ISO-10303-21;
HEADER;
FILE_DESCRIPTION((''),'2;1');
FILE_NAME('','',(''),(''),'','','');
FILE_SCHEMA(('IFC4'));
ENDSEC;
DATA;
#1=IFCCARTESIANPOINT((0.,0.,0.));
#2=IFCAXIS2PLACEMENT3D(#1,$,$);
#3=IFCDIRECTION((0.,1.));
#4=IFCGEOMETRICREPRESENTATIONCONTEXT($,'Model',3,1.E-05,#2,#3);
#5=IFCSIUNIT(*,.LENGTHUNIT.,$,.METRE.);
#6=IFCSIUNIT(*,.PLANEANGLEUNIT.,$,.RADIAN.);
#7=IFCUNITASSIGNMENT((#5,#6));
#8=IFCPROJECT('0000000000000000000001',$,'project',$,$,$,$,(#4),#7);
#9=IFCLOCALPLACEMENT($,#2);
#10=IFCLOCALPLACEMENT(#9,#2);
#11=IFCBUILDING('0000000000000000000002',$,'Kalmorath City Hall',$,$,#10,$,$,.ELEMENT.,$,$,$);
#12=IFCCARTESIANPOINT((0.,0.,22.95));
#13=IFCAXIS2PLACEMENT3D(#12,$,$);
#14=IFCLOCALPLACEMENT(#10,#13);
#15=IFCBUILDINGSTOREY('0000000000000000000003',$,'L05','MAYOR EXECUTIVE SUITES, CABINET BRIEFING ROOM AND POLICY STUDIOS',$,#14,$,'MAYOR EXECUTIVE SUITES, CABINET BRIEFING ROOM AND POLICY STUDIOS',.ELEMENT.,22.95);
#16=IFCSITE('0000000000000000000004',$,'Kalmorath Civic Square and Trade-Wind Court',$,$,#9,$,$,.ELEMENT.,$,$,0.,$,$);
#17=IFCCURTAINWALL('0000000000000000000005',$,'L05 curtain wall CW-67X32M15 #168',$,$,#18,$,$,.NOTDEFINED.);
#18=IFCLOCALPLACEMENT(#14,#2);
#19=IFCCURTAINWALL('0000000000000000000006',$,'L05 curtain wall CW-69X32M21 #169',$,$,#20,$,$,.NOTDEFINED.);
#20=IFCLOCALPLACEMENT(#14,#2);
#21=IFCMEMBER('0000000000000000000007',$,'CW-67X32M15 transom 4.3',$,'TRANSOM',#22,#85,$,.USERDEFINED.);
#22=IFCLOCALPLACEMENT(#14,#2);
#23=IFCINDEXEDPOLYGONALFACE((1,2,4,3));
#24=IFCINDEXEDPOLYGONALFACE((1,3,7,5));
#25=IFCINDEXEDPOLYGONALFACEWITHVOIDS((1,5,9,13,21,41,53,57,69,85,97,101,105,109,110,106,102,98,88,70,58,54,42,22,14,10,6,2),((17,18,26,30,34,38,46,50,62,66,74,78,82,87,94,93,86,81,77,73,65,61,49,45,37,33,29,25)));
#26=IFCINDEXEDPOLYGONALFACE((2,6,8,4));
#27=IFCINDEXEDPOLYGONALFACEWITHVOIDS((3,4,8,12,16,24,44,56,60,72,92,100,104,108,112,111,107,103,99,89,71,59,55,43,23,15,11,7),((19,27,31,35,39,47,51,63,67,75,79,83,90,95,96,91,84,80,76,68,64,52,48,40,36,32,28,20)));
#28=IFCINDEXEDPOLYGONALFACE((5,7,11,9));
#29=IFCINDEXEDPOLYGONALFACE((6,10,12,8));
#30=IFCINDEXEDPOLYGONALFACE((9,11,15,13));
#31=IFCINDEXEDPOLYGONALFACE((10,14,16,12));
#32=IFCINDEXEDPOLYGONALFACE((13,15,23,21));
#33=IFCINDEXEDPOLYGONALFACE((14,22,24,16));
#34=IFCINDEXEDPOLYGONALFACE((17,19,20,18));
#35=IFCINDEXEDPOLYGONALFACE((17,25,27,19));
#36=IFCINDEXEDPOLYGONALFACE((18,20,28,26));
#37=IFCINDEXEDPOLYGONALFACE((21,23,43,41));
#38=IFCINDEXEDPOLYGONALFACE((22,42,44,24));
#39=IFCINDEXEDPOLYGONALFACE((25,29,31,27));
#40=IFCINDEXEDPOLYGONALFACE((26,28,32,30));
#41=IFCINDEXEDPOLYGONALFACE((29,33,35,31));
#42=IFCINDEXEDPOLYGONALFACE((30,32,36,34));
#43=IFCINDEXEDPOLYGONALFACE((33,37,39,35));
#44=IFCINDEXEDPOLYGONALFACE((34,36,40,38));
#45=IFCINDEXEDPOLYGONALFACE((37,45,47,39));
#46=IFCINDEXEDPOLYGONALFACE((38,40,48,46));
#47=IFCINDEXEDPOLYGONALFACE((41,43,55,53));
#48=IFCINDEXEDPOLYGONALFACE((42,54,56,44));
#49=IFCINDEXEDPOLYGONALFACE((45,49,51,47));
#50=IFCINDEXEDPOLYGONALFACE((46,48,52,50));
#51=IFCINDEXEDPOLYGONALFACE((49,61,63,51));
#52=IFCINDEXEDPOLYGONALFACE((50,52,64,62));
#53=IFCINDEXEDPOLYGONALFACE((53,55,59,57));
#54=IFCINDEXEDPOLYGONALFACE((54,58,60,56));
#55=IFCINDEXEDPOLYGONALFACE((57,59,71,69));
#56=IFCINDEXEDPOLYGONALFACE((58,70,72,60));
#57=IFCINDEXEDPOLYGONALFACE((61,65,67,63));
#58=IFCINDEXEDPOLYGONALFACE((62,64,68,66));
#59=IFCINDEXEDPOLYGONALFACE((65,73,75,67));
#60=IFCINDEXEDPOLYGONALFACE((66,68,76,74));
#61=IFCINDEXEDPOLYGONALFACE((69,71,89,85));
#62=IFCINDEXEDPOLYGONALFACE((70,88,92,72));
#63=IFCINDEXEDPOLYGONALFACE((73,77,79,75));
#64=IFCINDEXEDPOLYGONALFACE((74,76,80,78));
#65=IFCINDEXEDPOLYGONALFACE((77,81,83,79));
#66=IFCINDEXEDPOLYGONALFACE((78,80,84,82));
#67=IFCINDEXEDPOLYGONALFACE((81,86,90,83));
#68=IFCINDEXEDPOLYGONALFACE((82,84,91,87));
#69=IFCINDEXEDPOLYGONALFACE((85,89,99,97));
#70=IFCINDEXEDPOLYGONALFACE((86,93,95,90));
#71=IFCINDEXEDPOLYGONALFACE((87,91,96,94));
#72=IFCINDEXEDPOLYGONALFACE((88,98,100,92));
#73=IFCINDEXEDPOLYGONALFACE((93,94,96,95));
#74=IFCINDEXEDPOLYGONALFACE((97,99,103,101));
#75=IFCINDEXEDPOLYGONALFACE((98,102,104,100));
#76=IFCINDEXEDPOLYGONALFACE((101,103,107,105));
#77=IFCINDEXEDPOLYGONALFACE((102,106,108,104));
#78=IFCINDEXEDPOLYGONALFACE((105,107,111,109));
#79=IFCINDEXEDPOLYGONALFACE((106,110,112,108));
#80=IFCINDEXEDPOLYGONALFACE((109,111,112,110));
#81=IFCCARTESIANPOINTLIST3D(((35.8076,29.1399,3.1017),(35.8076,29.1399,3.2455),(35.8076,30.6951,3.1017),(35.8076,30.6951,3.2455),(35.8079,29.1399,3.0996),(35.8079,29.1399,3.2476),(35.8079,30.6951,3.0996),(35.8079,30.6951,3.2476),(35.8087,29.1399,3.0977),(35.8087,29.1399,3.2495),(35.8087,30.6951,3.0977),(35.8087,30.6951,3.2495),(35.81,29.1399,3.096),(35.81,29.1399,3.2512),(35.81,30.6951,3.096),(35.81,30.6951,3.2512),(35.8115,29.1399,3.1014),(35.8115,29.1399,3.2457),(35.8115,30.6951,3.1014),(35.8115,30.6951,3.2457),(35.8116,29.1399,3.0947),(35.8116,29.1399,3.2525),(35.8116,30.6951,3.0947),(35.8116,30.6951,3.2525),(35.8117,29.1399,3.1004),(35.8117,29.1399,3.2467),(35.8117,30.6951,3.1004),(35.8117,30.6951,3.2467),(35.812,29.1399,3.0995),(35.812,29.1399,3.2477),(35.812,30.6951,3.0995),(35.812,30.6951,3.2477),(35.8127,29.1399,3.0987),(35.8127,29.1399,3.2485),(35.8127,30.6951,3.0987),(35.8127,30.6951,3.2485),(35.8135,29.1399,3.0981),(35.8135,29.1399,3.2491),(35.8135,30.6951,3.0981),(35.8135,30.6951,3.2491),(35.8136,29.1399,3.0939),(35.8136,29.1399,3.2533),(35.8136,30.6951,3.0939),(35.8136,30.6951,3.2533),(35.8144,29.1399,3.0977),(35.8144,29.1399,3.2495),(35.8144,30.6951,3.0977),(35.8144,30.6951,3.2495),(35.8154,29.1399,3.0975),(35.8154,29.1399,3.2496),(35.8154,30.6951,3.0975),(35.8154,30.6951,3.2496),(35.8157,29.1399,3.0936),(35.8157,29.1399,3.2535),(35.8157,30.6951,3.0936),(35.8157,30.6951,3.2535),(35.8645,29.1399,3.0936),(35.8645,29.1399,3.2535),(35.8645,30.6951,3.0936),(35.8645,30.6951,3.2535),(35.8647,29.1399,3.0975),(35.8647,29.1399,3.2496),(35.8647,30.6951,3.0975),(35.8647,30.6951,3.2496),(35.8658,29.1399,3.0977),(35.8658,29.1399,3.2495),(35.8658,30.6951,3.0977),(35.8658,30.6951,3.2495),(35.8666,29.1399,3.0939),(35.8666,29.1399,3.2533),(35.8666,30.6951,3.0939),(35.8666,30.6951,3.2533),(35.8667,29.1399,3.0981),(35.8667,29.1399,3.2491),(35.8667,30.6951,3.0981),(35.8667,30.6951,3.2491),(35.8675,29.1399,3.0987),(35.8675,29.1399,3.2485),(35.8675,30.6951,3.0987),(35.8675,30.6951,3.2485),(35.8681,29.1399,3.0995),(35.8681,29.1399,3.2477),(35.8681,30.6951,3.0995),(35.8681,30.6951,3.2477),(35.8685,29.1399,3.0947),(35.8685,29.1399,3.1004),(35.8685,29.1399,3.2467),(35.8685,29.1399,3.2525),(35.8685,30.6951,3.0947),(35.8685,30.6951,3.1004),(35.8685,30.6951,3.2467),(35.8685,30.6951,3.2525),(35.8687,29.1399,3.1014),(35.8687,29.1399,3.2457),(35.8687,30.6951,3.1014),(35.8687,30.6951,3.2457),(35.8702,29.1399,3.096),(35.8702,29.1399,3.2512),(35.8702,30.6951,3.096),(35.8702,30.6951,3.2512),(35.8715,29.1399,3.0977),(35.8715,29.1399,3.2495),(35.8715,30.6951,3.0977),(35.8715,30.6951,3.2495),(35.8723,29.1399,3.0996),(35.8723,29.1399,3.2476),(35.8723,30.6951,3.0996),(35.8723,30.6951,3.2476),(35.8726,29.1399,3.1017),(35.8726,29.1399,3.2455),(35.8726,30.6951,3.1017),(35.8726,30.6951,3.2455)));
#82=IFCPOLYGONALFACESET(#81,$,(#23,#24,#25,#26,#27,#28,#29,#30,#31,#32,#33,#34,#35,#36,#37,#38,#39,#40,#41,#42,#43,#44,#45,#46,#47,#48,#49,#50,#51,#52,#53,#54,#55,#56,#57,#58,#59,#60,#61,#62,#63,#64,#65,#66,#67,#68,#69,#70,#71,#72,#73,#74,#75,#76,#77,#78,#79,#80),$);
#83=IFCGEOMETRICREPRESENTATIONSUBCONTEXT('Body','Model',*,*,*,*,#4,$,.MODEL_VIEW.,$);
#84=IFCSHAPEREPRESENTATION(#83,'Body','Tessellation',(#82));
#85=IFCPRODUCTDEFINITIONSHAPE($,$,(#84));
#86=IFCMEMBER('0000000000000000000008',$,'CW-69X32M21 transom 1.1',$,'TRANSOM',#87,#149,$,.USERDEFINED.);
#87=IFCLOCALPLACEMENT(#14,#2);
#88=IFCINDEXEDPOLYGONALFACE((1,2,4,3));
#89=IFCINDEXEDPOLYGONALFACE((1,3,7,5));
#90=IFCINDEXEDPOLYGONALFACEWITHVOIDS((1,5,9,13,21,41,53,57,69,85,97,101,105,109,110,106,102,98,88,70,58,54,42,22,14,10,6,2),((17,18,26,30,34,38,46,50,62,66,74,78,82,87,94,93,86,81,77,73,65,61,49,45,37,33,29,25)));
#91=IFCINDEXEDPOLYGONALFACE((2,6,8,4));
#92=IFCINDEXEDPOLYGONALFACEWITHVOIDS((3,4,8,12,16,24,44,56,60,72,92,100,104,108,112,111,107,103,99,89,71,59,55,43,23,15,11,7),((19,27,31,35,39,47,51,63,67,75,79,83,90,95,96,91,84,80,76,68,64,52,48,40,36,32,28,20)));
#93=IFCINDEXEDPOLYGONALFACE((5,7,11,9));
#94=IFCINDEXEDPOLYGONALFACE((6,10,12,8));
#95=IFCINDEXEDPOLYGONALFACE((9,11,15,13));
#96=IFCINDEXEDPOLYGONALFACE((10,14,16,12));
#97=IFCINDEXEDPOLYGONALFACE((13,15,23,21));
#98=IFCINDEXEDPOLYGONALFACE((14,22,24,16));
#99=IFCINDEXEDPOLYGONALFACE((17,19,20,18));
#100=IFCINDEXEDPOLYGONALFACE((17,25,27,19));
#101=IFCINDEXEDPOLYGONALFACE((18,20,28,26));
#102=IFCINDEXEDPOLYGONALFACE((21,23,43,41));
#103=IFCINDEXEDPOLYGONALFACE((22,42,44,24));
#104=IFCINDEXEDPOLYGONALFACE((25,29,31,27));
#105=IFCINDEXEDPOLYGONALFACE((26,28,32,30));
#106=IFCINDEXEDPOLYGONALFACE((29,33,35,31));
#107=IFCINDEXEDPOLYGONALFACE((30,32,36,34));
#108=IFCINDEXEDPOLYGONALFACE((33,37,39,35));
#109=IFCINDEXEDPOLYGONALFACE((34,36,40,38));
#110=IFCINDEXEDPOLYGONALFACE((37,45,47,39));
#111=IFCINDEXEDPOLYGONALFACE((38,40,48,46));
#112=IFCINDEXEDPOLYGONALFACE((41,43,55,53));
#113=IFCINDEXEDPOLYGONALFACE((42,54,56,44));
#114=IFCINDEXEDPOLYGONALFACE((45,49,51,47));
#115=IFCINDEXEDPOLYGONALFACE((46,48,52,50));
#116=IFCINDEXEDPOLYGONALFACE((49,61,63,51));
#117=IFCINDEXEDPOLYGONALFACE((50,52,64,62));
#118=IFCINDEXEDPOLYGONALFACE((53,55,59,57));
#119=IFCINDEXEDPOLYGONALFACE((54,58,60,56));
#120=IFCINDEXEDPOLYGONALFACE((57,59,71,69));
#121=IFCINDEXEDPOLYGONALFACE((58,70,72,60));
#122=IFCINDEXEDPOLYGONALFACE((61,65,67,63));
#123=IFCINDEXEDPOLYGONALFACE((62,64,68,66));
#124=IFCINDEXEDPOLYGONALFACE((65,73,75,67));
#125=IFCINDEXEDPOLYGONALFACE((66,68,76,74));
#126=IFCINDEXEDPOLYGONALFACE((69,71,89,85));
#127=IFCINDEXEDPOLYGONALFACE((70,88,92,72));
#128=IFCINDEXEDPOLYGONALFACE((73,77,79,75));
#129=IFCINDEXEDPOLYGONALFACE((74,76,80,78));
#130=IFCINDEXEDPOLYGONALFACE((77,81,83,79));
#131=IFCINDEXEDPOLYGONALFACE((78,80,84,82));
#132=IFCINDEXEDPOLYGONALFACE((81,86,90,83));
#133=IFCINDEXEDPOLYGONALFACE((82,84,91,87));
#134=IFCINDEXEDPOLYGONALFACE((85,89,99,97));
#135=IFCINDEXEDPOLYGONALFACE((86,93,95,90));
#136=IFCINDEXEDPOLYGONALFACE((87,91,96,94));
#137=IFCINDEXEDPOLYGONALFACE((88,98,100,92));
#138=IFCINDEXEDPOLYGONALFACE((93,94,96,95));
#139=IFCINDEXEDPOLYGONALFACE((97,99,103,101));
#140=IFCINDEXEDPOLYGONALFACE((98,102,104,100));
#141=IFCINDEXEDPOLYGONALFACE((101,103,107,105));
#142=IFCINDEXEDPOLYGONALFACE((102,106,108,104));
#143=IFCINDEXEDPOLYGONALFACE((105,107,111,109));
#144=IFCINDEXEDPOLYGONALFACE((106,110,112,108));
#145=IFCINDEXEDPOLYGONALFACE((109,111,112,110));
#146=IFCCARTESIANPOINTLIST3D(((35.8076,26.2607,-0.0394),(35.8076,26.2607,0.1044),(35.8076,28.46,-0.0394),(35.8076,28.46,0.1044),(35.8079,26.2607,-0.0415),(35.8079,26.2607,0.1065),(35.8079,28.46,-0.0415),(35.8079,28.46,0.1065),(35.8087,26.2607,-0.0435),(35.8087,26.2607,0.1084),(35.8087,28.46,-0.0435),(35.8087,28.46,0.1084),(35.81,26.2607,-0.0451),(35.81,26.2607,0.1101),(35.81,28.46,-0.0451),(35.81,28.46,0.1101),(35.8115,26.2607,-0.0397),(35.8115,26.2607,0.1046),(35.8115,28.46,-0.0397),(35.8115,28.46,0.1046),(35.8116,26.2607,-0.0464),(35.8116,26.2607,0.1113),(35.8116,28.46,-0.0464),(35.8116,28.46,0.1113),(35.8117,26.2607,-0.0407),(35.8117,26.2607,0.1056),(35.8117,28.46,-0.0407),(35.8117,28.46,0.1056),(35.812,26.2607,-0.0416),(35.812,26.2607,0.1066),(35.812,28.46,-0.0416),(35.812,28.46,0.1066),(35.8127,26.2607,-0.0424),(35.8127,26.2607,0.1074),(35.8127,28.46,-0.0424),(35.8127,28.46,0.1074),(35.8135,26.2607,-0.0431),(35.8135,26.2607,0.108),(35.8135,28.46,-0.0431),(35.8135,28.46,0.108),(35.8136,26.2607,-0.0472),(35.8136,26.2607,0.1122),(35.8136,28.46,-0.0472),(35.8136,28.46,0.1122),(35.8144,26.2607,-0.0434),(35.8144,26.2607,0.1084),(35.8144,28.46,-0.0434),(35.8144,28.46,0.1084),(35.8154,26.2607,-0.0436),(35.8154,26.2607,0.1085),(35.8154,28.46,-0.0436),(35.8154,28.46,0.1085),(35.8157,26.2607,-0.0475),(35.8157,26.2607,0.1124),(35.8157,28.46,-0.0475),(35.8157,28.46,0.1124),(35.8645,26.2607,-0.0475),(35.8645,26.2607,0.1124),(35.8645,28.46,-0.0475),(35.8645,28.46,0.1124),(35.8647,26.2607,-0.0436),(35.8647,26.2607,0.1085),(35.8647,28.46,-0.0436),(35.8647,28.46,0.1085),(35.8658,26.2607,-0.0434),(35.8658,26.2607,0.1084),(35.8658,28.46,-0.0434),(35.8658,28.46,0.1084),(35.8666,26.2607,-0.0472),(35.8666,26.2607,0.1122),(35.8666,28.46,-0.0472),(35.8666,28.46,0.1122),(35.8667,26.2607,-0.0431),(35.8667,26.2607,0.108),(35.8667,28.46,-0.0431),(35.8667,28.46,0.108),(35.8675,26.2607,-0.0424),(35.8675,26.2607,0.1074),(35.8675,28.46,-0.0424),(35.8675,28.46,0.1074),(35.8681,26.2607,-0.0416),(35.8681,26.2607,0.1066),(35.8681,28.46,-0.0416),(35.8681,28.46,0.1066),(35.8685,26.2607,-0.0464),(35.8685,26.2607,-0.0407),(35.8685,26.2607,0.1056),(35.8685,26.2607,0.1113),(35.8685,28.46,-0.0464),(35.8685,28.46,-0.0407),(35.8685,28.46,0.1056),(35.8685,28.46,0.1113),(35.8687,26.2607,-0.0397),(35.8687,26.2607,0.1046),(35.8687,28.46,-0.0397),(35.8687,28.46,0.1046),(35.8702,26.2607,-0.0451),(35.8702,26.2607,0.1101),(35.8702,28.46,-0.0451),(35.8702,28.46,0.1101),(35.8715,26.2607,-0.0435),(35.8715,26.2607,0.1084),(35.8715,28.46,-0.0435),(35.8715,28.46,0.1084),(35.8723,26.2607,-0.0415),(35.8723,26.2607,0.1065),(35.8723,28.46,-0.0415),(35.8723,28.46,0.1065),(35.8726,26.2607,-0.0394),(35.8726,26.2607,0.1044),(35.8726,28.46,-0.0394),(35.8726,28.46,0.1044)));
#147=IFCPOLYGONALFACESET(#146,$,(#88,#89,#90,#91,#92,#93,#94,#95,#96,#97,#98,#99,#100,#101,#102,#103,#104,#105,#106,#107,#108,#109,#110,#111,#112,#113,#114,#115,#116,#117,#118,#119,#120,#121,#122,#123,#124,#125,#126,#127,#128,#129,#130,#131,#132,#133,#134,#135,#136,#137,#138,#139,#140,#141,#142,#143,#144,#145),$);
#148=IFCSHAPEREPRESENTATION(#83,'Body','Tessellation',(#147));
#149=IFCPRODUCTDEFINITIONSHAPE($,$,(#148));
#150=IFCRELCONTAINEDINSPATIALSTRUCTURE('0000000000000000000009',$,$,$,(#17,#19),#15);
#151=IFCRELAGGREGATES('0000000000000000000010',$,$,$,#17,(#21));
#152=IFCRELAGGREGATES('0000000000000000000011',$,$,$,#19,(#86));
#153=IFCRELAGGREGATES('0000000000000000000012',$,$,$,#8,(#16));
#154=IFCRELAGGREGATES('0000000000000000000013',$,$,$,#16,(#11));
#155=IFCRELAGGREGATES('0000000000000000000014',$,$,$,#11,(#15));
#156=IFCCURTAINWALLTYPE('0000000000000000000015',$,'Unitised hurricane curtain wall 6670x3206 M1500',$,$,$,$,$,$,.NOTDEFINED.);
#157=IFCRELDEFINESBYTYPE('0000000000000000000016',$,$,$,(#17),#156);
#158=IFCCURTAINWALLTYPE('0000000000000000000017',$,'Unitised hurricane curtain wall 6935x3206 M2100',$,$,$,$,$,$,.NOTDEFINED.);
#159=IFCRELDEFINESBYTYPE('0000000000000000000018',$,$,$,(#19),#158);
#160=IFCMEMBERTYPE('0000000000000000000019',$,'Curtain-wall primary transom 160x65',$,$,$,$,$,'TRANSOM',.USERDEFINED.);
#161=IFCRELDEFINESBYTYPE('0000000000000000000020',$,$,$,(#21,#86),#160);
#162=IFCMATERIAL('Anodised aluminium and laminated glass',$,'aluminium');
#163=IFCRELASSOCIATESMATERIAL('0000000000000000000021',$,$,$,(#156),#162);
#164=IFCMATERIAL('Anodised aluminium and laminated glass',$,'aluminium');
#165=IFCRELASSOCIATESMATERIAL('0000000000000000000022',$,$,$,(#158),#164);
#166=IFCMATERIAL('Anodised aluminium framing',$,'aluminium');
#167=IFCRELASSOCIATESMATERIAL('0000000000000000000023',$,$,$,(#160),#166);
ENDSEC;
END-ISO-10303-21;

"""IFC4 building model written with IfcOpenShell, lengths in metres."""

from ifc_helpers import new_model, si_unit, direction, frame, origin, origin_2d, place, context, subcontext, project, spatial, hollow_rectangle, extrude, material, material_profile, profile_set, type_object, element, aggregate, save


model = new_model("IFC4")

# Units and contexts
model_context = context("Model", 3, precision=1e-05, world=origin(), true_north=direction((0.0, 1.0)))
body_context = subcontext(model_context, "Body", "Model", "MODEL_VIEW")
ifc_project = project(units=[si_unit("LENGTHUNIT", "METRE"), si_unit("PLANEANGLEUNIT", "RADIAN")], contexts=[model_context])

# Site, building, storey
site_placement = place(None, origin())
site = spatial("IfcSite", under=ifc_project, at=site_placement, Name="Kalmorath Civic Square and Trade-Wind Court", CompositionType="ELEMENT", RefElevation=0.0)
building_placement = place(site_placement, origin())
building = spatial("IfcBuilding", under=site, at=building_placement, Name="Kalmorath City Hall", CompositionType="ELEMENT")
storey_placement = place(building_placement, frame((0.0, 0.0, 22.95)))
storey = spatial("IfcBuildingStorey", under=building, at=storey_placement, Name="L05", Description="MAYOR EXECUTIVE SUITES, CABINET BRIEFING ROOM AND POLICY STUDIOS", LongName="MAYOR EXECUTIVE SUITES, CABINET BRIEFING ROOM AND POLICY STUDIOS", CompositionType="ELEMENT", Elevation=22.95)

# Curtain wall
ifc_material_1 = material(Name="Anodised aluminium and laminated glass", Category="aluminium")
curtain_wall_type_1 = type_object("IfcCurtainWallType", Name="Unitised hurricane curtain wall 6670x3206 M1500", PredefinedType="NOTDEFINED", material=ifc_material_1)
curtain_wall_1_placement = place(storey_placement, origin())
curtain_wall_1 = element("IfcCurtainWall", 1, at=curtain_wall_1_placement, inside=storey, type_object=curtain_wall_type_1, Name="L05 curtain wall CW-67X32M15 #168", PredefinedType="NOTDEFINED")

# Curtain wall
ifc_material_2 = material(Name="Anodised aluminium and laminated glass", Category="aluminium")
curtain_wall_type_2 = type_object("IfcCurtainWallType", Name="Unitised hurricane curtain wall 6935x3206 M2100", PredefinedType="NOTDEFINED", material=ifc_material_2)
curtain_wall_2_placement = place(storey_placement, origin())
curtain_wall_2 = element("IfcCurtainWall", 2, at=curtain_wall_2_placement, inside=storey, type_object=curtain_wall_type_2, Name="L05 curtain wall CW-69X32M21 #169", PredefinedType="NOTDEFINED")

# Members
ifc_material_3 = material(Name="Anodised aluminium framing", Category="aluminium")
ifc_material_profile_1 = material_profile(ifc_material_3, hollow_rectangle(XDim=0.0649, YDim=0.1599, WallThickness=0.0039, InnerFilletRadius=0.0039, OuterFilletRadius=0.0081, at=origin_2d()), Name="ALU-TRN-160X65X4")
ifc_profile_set_1 = profile_set([ifc_material_profile_1], Name="Anodised aluminium framing")
member_type_1 = type_object("IfcMemberType", Name="Curtain-wall primary transom 160x65", ElementType="TRANSOM", PredefinedType="USERDEFINED", material=ifc_profile_set_1)
member_1_placement = place(storey_placement, frame((35.8401, 30.6951, 3.1736), z_axis=(0.0, -1.0, 0.0), x_axis=(1.0, 0.0, 0.0)))
member_1 = element("IfcMember", 3, at=member_1_placement, type_object=member_type_1, Name="CW-67X32M15 transom 4.3", ObjectType="TRANSOM", PredefinedType="USERDEFINED", context=body_context, shape_type="SweptSolid", body=[
    extrude(hollow_rectangle(XDim=0.0649, YDim=0.1599, WallThickness=0.0039, InnerFilletRadius=0.0039, OuterFilletRadius=0.0081, at=origin_2d()), origin(), (0.0, 0.0, 1.0), 1.5552),
])
member_2_placement = place(storey_placement, frame((35.8401, 28.46, 0.0325), z_axis=(0.0, -1.0, 0.0), x_axis=(1.0, 0.0, 0.0)))
member_2 = element("IfcMember", 4, at=member_2_placement, type_object=member_type_1, Name="CW-69X32M21 transom 1.1", ObjectType="TRANSOM", PredefinedType="USERDEFINED", context=body_context, shape_type="SweptSolid", body=[
    extrude(hollow_rectangle(XDim=0.0649, YDim=0.1599, WallThickness=0.0039, InnerFilletRadius=0.0039, OuterFilletRadius=0.0081, at=origin_2d()), origin(), (0.0, 0.0, 1.0), 2.1992),
])

aggregate(curtain_wall_1, [member_1])
aggregate(curtain_wall_2, [member_2])

save(model, "model.ifc")
